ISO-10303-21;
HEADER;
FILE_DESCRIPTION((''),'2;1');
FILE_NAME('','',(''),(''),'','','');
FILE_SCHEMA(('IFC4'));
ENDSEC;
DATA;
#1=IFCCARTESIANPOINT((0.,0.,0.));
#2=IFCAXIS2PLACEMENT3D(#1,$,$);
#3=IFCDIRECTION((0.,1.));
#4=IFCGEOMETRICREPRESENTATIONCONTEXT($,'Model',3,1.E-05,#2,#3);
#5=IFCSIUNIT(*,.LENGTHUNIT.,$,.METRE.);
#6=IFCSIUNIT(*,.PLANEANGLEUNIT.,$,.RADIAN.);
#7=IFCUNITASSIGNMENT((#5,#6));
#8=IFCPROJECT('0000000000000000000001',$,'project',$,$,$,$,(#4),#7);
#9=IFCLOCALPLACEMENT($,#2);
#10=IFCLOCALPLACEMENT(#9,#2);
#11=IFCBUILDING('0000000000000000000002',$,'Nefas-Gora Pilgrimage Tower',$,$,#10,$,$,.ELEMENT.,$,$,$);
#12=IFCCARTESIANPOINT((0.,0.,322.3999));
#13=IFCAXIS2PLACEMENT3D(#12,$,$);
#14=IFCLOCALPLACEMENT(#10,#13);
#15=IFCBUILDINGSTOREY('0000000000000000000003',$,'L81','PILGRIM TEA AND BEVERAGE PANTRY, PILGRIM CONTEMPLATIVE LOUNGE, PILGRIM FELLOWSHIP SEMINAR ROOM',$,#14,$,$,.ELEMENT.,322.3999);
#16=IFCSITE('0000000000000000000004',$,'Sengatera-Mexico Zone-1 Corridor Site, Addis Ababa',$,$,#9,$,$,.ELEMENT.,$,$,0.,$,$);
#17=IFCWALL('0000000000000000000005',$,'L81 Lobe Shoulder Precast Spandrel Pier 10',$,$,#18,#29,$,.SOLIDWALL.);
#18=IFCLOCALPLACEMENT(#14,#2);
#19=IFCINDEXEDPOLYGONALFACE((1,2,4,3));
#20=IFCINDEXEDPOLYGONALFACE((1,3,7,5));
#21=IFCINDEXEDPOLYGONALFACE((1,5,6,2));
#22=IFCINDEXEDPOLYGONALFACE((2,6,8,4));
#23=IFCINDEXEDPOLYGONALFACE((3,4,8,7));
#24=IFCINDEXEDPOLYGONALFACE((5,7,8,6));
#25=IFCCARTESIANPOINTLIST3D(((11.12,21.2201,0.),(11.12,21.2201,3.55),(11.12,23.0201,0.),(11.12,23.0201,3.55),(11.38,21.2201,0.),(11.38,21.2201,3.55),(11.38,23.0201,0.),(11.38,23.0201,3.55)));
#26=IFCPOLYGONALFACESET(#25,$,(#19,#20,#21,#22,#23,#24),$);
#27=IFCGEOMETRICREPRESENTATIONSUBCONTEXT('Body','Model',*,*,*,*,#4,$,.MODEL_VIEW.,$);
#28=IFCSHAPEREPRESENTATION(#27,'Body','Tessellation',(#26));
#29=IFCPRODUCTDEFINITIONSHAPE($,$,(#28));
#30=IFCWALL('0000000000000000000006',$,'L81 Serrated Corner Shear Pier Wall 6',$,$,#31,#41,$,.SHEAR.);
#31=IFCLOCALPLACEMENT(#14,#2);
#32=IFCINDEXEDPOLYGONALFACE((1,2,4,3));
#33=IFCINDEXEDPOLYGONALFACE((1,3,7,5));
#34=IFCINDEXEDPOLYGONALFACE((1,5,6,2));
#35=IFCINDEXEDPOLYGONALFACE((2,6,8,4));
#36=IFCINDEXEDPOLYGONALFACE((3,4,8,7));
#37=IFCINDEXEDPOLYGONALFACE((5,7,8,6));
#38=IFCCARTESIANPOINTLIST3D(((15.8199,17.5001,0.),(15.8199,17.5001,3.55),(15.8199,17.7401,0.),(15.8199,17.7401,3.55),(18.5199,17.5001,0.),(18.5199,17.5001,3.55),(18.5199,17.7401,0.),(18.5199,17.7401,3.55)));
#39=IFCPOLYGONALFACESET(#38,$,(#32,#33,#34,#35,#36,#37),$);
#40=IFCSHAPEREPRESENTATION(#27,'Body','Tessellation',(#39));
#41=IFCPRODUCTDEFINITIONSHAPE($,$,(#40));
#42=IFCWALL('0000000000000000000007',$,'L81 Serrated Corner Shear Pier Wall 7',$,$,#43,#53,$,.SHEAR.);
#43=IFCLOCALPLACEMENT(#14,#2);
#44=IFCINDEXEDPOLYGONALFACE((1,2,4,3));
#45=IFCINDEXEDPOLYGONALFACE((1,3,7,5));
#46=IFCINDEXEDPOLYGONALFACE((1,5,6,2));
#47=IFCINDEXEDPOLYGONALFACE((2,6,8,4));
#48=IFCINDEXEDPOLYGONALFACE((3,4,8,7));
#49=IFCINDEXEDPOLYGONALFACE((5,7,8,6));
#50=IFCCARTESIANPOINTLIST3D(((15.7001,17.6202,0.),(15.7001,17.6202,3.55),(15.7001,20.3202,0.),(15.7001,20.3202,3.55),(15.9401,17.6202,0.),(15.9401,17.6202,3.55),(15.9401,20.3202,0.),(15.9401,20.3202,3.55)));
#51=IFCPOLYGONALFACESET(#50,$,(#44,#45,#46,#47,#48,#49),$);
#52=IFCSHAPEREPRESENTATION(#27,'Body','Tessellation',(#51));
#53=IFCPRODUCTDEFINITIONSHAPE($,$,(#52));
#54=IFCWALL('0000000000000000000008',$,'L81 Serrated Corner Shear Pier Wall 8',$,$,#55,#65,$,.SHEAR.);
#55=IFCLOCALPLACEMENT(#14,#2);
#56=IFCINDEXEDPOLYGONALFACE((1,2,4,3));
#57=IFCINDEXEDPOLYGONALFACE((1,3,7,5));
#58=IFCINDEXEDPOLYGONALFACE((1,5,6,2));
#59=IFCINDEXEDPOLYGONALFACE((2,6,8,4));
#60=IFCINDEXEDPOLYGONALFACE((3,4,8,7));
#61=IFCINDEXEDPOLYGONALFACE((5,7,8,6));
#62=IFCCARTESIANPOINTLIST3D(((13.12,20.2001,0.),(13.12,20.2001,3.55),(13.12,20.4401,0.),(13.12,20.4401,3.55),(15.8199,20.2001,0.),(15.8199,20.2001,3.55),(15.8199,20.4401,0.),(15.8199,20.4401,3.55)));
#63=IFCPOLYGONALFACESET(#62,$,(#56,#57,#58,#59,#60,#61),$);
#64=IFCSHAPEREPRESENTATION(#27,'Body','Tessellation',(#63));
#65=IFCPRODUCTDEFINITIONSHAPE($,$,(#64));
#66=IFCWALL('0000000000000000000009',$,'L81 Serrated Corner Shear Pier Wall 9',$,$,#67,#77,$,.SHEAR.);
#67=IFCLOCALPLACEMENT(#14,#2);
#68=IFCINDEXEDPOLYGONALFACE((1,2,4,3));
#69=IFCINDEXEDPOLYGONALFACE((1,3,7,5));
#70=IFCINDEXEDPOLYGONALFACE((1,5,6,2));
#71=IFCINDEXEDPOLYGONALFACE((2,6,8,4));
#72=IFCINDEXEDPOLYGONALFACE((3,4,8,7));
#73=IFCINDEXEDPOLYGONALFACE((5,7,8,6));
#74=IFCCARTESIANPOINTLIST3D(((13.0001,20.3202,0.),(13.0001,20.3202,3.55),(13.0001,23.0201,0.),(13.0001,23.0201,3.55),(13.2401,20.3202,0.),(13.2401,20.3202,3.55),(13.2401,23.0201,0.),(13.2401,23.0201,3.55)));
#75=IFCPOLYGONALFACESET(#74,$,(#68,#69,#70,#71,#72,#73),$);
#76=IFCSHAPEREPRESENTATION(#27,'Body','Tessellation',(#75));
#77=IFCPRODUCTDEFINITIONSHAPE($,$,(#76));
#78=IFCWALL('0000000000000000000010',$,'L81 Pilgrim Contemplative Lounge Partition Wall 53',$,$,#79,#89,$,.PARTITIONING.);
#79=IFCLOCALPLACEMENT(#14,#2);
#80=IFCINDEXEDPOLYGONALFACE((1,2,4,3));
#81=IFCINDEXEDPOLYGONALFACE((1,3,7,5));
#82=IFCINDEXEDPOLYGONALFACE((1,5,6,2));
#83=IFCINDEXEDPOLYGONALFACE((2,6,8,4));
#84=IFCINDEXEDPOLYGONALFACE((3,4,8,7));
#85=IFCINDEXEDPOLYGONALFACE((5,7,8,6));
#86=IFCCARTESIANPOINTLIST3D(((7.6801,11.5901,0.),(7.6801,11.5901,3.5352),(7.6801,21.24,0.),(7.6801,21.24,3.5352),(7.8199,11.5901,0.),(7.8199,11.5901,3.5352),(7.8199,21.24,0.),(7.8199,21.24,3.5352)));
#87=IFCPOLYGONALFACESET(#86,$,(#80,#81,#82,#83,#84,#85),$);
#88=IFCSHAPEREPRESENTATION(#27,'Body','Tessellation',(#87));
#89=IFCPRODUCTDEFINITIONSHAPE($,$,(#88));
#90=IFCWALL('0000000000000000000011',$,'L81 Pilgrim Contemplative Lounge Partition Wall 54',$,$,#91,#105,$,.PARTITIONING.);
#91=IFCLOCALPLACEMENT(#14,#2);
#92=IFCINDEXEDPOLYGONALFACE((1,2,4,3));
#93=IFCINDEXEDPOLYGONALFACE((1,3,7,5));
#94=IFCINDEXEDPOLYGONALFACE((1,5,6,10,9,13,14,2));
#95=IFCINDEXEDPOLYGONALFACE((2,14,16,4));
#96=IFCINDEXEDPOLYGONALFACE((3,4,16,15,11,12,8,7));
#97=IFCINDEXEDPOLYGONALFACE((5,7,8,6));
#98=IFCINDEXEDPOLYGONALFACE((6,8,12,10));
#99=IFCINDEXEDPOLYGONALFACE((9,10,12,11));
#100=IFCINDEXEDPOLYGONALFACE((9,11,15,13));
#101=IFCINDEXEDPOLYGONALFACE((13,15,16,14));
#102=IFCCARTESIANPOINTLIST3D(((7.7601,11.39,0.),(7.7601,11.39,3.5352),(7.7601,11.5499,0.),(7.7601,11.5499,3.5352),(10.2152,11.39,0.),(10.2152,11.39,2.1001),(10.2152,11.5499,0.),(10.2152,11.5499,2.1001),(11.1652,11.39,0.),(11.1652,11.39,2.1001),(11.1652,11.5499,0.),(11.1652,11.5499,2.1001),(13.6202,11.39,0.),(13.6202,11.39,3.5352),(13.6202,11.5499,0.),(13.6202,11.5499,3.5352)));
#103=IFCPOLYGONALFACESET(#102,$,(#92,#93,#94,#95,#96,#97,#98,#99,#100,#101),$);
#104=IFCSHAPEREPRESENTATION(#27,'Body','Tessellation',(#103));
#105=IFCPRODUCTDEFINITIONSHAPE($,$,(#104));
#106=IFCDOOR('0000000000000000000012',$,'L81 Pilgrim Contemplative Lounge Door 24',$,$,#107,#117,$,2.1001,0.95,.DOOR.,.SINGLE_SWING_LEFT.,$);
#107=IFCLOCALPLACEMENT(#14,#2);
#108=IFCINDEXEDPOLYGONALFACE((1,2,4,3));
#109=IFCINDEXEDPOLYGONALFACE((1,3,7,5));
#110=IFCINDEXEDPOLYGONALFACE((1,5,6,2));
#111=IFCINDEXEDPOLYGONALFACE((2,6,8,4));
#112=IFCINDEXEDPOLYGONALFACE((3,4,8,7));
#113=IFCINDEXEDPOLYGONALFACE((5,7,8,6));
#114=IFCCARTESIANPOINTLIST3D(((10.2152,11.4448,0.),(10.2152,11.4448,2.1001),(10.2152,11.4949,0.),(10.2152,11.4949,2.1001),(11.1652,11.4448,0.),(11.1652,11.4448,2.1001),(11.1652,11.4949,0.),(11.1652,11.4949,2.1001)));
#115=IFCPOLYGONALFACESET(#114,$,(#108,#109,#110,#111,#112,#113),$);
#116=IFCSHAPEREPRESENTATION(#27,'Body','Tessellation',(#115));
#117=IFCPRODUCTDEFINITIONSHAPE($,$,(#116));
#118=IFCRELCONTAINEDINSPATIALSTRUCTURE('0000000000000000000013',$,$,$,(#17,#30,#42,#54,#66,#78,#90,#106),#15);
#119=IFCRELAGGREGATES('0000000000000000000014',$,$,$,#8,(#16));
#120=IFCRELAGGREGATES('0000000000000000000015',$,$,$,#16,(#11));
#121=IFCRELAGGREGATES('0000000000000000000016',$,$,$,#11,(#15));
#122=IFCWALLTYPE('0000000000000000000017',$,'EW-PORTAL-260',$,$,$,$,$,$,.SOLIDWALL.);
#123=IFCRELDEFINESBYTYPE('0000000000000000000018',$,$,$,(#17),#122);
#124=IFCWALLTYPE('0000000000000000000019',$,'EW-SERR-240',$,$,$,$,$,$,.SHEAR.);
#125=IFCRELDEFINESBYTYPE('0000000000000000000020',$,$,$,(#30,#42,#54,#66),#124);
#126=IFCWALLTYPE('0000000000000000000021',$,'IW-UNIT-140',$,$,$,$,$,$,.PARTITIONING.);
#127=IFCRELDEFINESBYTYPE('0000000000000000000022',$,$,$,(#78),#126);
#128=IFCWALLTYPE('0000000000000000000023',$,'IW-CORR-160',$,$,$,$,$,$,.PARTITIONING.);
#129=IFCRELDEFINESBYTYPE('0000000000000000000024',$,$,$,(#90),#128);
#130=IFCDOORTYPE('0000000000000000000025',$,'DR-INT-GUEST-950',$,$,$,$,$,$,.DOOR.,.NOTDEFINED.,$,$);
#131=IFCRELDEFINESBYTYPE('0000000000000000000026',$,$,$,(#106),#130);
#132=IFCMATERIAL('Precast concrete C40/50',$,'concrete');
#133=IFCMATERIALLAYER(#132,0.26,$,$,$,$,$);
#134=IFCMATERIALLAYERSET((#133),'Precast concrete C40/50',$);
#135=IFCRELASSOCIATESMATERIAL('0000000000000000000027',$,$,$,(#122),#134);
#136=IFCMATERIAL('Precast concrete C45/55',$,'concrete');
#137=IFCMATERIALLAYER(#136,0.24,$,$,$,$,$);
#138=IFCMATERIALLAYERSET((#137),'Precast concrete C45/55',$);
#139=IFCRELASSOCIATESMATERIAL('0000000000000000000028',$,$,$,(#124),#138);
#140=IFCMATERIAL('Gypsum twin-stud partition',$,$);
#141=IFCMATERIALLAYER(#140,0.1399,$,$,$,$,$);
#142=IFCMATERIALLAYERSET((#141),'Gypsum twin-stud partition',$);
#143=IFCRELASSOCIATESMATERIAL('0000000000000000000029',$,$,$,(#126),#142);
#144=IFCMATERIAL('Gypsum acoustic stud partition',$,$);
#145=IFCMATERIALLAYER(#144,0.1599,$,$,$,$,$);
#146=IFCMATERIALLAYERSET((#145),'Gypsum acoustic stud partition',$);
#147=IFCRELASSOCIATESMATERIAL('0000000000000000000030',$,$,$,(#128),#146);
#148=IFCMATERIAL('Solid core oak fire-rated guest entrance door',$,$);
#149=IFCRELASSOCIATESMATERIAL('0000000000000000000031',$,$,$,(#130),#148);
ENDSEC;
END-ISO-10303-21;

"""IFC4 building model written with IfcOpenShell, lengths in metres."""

from ifc_helpers import new_model, si_unit, direction, frame, frame_2d, origin, place, context, subcontext, project, spatial, rectangle, extrude, source, transform, mapped, material, layer, layer_set, type_object, element, fill, save


model = new_model("IFC4")

# Units and contexts
model_context = context("Model", 3, precision=1e-05, world=origin(), true_north=direction((0.0, 1.0)))
body_context = subcontext(model_context, "Body", "Model", "MODEL_VIEW")
ifc_project = project(units=[si_unit("LENGTHUNIT", "METRE"), si_unit("PLANEANGLEUNIT", "RADIAN")], contexts=[model_context])

# Site, building, storey
site_placement = place(None, origin())
site = spatial("IfcSite", under=ifc_project, at=site_placement, Name="Sengatera-Mexico Zone-1 Corridor Site, Addis Ababa", CompositionType="ELEMENT", RefElevation=0.0)
building_placement = place(site_placement, origin())
building = spatial("IfcBuilding", under=site, at=building_placement, Name="Nefas-Gora Pilgrimage Tower", CompositionType="ELEMENT")
storey_placement = place(building_placement, frame((0.0, 0.0, 322.3999)))
storey = spatial("IfcBuildingStorey", under=building, at=storey_placement, Name="L81", Description="PILGRIM TEA AND BEVERAGE PANTRY, PILGRIM CONTEMPLATIVE LOUNGE, PILGRIM FELLOWSHIP SEMINAR ROOM", CompositionType="ELEMENT", Elevation=322.3999)

# Walls
ifc_material_1 = material(Name="Precast concrete C40/50", Category="concrete")
ifc_layer_1 = layer(ifc_material_1, 0.26)
ifc_layer_set_1 = layer_set([ifc_layer_1], Name="Precast concrete C40/50")
wall_type_1 = type_object("IfcWallType", Name="EW-PORTAL-260", PredefinedType="SOLIDWALL", material=ifc_layer_set_1)
shared_shape_1 = source(origin(), body_context, "Body", "SweptSolid", [
    extrude(rectangle(XDim=1.8, YDim=0.26, at=frame_2d((0.8999, 0.0))), origin(), (0.0, 0.0, 1.0), 3.55),
])
wall_1_placement = place(storey_placement, frame((11.25, 23.02, 0.0), z_axis=(0.0, 0.0, 1.0), x_axis=(0.0, -1.0, 0.0)))
element("IfcWall", 1, at=wall_1_placement, inside=storey, type_object=wall_type_1, Name="L81 Lobe Shoulder Precast Spandrel Pier 10", PredefinedType="SOLIDWALL", context=body_context, shape_type="MappedRepresentation", body=[
    mapped(shared_shape_1, transform((0.0, 0.0, 0.0), x_axis=(1.0, 0.0, 0.0), y_axis=(0.0, 1.0, 0.0), z_axis=(0.0, 0.0, 1.0), scale=1.0)),
])
ifc_material_2 = material(Name="Precast concrete C45/55", Category="concrete")
ifc_layer_2 = layer(ifc_material_2, 0.24)
ifc_layer_set_2 = layer_set([ifc_layer_2], Name="Precast concrete C45/55")
wall_type_2 = type_object("IfcWallType", Name="EW-SERR-240", PredefinedType="SHEAR", material=ifc_layer_set_2)
shared_shape_2 = source(origin(), body_context, "Body", "SweptSolid", [
    extrude(rectangle(XDim=2.7, YDim=0.24, at=frame_2d((1.3501, 0.0))), origin(), (0.0, 0.0, 1.0), 3.55),
])
for number, where, z_axis, x_axis, name in (
    (2, (18.52, 17.6201, 0.0), (0.0, 0.0, 1.0), (-1.0, 0.0, 0.0), "L81 Serrated Corner Shear Pier Wall 6"),
    (3, (15.8201, 17.6201, 0.0), (0.0, 0.0, 1.0), (0.0, 1.0, 0.0), "L81 Serrated Corner Shear Pier Wall 7"),
    (4, (15.8201, 20.3201, 0.0), (0.0, 0.0, 1.0), (-1.0, 0.0, 0.0), "L81 Serrated Corner Shear Pier Wall 8"),
    (5, (13.1201, 20.3201, 0.0), (0.0, 0.0, 1.0), (0.0, 1.0, 0.0), "L81 Serrated Corner Shear Pier Wall 9"),
):
    element("IfcWall", number, at=place(storey_placement, frame(where, z_axis=z_axis, x_axis=x_axis)), inside=storey, type_object=wall_type_2, Name=name, PredefinedType="SHEAR", context=body_context, shape_type="MappedRepresentation", body=[
        mapped(shared_shape_2, transform((0.0, 0.0, 0.0), x_axis=(1.0, 0.0, 0.0), y_axis=(0.0, 1.0, 0.0), z_axis=(0.0, 0.0, 1.0), scale=1.0)),
    ])
ifc_material_3 = material(Name="Gypsum twin-stud partition")
ifc_layer_3 = layer(ifc_material_3, 0.1399)
ifc_layer_set_3 = layer_set([ifc_layer_3], Name="Gypsum twin-stud partition")
wall_type_3 = type_object("IfcWallType", Name="IW-UNIT-140", PredefinedType="PARTITIONING", material=ifc_layer_set_3)
shared_shape_3 = source(origin(), body_context, "Body", "SweptSolid", [
    extrude(rectangle(XDim=9.6499, YDim=0.1399, at=frame_2d((4.825, 0.0))), origin(), (0.0, 0.0, 1.0), 3.5352),
])
wall_2_placement = place(storey_placement, frame((7.75, 11.5901, 0.0), z_axis=(0.0, 0.0, 1.0), x_axis=(0.0, 1.0, 0.0)))
element("IfcWall", 6, at=wall_2_placement, inside=storey, type_object=wall_type_3, Name="L81 Pilgrim Contemplative Lounge Partition Wall 53", PredefinedType="PARTITIONING", context=body_context, shape_type="MappedRepresentation", body=[
    mapped(shared_shape_3, transform((0.0, 0.0, 0.0), x_axis=(1.0, 0.0, 0.0), y_axis=(0.0, 1.0, 0.0), z_axis=(0.0, 0.0, 1.0), scale=1.0)),
])

# Wall, opening, door
ifc_material_4 = material(Name="Gypsum acoustic stud partition")
ifc_layer_4 = layer(ifc_material_4, 0.1599)
ifc_layer_set_4 = layer_set([ifc_layer_4], Name="Gypsum acoustic stud partition")
wall_type_4 = type_object("IfcWallType", Name="IW-CORR-160", PredefinedType="PARTITIONING", material=ifc_layer_set_4)
shared_shape_4 = source(origin(), body_context, "Body", "SweptSolid", [
    extrude(rectangle(XDim=5.8601, YDim=0.1599, at=frame_2d((2.9302, 0.0))), origin(), (0.0, 0.0, 1.0), 3.5352),
])
wall_3_placement = place(storey_placement, frame((7.76, 11.47, 0.0), z_axis=(0.0, 0.0, 1.0), x_axis=(1.0, 0.0, 0.0)))
wall_3 = element("IfcWall", 7, at=wall_3_placement, inside=storey, type_object=wall_type_4, Name="L81 Pilgrim Contemplative Lounge Partition Wall 54", PredefinedType="PARTITIONING", context=body_context, shape_type="MappedRepresentation", body=[
    mapped(shared_shape_4, transform((0.0, 0.0, 0.0), x_axis=(1.0, 0.0, 0.0), y_axis=(0.0, 1.0, 0.0), z_axis=(0.0, 0.0, 1.0), scale=1.0)),
])
opening_placement = place(wall_3_placement, frame((2.4551, 0.0, 0.0)))
opening = element("IfcOpeningElement", 8, at=opening_placement, cuts=wall_3, PredefinedType="OPENING", context=body_context, shape_type="SweptSolid", body=[
    extrude(rectangle(XDim=0.95, YDim=2.1001, at=frame_2d((0.4751, 1.05))), frame((0.0, 0.0898, 0.0), z_axis=(0.0, -1.0, 0.0), x_axis=(1.0, 0.0, 0.0)), (0.0, 0.0, 1.0), 0.1799),
])
ifc_material_5 = material(Name="Solid core oak fire-rated guest entrance door")
door_type = type_object("IfcDoorType", Name="DR-INT-GUEST-950", OperationType="NOTDEFINED", PredefinedType="DOOR", material=ifc_material_5)
shared_shape_5 = source(origin(), body_context, "Body", "SweptSolid", [
    extrude(rectangle(XDim=0.95, YDim=2.1001, at=frame_2d((0.4751, 1.05))), frame((0.0, 0.0249, 0.0), z_axis=(0.0, -1.0, 0.0), x_axis=(1.0, 0.0, 0.0)), (0.0, 0.0, 1.0), 0.05),
])
door_placement = place(opening_placement, origin())
door = element("IfcDoor", 9, at=door_placement, inside=storey, type_object=door_type, Name="L81 Pilgrim Contemplative Lounge Door 24", OperationType="SINGLE_SWING_LEFT", OverallHeight=2.1001, OverallWidth=0.95, PredefinedType="DOOR", context=body_context, shape_type="MappedRepresentation", body=[
    mapped(shared_shape_5, transform((0.0, 0.0, 0.0), x_axis=(1.0, 0.0, 0.0), y_axis=(0.0, 1.0, 0.0), z_axis=(0.0, 0.0, 1.0), scale=1.0)),
])
fill(opening, door)

save(model, "model.ifc")
